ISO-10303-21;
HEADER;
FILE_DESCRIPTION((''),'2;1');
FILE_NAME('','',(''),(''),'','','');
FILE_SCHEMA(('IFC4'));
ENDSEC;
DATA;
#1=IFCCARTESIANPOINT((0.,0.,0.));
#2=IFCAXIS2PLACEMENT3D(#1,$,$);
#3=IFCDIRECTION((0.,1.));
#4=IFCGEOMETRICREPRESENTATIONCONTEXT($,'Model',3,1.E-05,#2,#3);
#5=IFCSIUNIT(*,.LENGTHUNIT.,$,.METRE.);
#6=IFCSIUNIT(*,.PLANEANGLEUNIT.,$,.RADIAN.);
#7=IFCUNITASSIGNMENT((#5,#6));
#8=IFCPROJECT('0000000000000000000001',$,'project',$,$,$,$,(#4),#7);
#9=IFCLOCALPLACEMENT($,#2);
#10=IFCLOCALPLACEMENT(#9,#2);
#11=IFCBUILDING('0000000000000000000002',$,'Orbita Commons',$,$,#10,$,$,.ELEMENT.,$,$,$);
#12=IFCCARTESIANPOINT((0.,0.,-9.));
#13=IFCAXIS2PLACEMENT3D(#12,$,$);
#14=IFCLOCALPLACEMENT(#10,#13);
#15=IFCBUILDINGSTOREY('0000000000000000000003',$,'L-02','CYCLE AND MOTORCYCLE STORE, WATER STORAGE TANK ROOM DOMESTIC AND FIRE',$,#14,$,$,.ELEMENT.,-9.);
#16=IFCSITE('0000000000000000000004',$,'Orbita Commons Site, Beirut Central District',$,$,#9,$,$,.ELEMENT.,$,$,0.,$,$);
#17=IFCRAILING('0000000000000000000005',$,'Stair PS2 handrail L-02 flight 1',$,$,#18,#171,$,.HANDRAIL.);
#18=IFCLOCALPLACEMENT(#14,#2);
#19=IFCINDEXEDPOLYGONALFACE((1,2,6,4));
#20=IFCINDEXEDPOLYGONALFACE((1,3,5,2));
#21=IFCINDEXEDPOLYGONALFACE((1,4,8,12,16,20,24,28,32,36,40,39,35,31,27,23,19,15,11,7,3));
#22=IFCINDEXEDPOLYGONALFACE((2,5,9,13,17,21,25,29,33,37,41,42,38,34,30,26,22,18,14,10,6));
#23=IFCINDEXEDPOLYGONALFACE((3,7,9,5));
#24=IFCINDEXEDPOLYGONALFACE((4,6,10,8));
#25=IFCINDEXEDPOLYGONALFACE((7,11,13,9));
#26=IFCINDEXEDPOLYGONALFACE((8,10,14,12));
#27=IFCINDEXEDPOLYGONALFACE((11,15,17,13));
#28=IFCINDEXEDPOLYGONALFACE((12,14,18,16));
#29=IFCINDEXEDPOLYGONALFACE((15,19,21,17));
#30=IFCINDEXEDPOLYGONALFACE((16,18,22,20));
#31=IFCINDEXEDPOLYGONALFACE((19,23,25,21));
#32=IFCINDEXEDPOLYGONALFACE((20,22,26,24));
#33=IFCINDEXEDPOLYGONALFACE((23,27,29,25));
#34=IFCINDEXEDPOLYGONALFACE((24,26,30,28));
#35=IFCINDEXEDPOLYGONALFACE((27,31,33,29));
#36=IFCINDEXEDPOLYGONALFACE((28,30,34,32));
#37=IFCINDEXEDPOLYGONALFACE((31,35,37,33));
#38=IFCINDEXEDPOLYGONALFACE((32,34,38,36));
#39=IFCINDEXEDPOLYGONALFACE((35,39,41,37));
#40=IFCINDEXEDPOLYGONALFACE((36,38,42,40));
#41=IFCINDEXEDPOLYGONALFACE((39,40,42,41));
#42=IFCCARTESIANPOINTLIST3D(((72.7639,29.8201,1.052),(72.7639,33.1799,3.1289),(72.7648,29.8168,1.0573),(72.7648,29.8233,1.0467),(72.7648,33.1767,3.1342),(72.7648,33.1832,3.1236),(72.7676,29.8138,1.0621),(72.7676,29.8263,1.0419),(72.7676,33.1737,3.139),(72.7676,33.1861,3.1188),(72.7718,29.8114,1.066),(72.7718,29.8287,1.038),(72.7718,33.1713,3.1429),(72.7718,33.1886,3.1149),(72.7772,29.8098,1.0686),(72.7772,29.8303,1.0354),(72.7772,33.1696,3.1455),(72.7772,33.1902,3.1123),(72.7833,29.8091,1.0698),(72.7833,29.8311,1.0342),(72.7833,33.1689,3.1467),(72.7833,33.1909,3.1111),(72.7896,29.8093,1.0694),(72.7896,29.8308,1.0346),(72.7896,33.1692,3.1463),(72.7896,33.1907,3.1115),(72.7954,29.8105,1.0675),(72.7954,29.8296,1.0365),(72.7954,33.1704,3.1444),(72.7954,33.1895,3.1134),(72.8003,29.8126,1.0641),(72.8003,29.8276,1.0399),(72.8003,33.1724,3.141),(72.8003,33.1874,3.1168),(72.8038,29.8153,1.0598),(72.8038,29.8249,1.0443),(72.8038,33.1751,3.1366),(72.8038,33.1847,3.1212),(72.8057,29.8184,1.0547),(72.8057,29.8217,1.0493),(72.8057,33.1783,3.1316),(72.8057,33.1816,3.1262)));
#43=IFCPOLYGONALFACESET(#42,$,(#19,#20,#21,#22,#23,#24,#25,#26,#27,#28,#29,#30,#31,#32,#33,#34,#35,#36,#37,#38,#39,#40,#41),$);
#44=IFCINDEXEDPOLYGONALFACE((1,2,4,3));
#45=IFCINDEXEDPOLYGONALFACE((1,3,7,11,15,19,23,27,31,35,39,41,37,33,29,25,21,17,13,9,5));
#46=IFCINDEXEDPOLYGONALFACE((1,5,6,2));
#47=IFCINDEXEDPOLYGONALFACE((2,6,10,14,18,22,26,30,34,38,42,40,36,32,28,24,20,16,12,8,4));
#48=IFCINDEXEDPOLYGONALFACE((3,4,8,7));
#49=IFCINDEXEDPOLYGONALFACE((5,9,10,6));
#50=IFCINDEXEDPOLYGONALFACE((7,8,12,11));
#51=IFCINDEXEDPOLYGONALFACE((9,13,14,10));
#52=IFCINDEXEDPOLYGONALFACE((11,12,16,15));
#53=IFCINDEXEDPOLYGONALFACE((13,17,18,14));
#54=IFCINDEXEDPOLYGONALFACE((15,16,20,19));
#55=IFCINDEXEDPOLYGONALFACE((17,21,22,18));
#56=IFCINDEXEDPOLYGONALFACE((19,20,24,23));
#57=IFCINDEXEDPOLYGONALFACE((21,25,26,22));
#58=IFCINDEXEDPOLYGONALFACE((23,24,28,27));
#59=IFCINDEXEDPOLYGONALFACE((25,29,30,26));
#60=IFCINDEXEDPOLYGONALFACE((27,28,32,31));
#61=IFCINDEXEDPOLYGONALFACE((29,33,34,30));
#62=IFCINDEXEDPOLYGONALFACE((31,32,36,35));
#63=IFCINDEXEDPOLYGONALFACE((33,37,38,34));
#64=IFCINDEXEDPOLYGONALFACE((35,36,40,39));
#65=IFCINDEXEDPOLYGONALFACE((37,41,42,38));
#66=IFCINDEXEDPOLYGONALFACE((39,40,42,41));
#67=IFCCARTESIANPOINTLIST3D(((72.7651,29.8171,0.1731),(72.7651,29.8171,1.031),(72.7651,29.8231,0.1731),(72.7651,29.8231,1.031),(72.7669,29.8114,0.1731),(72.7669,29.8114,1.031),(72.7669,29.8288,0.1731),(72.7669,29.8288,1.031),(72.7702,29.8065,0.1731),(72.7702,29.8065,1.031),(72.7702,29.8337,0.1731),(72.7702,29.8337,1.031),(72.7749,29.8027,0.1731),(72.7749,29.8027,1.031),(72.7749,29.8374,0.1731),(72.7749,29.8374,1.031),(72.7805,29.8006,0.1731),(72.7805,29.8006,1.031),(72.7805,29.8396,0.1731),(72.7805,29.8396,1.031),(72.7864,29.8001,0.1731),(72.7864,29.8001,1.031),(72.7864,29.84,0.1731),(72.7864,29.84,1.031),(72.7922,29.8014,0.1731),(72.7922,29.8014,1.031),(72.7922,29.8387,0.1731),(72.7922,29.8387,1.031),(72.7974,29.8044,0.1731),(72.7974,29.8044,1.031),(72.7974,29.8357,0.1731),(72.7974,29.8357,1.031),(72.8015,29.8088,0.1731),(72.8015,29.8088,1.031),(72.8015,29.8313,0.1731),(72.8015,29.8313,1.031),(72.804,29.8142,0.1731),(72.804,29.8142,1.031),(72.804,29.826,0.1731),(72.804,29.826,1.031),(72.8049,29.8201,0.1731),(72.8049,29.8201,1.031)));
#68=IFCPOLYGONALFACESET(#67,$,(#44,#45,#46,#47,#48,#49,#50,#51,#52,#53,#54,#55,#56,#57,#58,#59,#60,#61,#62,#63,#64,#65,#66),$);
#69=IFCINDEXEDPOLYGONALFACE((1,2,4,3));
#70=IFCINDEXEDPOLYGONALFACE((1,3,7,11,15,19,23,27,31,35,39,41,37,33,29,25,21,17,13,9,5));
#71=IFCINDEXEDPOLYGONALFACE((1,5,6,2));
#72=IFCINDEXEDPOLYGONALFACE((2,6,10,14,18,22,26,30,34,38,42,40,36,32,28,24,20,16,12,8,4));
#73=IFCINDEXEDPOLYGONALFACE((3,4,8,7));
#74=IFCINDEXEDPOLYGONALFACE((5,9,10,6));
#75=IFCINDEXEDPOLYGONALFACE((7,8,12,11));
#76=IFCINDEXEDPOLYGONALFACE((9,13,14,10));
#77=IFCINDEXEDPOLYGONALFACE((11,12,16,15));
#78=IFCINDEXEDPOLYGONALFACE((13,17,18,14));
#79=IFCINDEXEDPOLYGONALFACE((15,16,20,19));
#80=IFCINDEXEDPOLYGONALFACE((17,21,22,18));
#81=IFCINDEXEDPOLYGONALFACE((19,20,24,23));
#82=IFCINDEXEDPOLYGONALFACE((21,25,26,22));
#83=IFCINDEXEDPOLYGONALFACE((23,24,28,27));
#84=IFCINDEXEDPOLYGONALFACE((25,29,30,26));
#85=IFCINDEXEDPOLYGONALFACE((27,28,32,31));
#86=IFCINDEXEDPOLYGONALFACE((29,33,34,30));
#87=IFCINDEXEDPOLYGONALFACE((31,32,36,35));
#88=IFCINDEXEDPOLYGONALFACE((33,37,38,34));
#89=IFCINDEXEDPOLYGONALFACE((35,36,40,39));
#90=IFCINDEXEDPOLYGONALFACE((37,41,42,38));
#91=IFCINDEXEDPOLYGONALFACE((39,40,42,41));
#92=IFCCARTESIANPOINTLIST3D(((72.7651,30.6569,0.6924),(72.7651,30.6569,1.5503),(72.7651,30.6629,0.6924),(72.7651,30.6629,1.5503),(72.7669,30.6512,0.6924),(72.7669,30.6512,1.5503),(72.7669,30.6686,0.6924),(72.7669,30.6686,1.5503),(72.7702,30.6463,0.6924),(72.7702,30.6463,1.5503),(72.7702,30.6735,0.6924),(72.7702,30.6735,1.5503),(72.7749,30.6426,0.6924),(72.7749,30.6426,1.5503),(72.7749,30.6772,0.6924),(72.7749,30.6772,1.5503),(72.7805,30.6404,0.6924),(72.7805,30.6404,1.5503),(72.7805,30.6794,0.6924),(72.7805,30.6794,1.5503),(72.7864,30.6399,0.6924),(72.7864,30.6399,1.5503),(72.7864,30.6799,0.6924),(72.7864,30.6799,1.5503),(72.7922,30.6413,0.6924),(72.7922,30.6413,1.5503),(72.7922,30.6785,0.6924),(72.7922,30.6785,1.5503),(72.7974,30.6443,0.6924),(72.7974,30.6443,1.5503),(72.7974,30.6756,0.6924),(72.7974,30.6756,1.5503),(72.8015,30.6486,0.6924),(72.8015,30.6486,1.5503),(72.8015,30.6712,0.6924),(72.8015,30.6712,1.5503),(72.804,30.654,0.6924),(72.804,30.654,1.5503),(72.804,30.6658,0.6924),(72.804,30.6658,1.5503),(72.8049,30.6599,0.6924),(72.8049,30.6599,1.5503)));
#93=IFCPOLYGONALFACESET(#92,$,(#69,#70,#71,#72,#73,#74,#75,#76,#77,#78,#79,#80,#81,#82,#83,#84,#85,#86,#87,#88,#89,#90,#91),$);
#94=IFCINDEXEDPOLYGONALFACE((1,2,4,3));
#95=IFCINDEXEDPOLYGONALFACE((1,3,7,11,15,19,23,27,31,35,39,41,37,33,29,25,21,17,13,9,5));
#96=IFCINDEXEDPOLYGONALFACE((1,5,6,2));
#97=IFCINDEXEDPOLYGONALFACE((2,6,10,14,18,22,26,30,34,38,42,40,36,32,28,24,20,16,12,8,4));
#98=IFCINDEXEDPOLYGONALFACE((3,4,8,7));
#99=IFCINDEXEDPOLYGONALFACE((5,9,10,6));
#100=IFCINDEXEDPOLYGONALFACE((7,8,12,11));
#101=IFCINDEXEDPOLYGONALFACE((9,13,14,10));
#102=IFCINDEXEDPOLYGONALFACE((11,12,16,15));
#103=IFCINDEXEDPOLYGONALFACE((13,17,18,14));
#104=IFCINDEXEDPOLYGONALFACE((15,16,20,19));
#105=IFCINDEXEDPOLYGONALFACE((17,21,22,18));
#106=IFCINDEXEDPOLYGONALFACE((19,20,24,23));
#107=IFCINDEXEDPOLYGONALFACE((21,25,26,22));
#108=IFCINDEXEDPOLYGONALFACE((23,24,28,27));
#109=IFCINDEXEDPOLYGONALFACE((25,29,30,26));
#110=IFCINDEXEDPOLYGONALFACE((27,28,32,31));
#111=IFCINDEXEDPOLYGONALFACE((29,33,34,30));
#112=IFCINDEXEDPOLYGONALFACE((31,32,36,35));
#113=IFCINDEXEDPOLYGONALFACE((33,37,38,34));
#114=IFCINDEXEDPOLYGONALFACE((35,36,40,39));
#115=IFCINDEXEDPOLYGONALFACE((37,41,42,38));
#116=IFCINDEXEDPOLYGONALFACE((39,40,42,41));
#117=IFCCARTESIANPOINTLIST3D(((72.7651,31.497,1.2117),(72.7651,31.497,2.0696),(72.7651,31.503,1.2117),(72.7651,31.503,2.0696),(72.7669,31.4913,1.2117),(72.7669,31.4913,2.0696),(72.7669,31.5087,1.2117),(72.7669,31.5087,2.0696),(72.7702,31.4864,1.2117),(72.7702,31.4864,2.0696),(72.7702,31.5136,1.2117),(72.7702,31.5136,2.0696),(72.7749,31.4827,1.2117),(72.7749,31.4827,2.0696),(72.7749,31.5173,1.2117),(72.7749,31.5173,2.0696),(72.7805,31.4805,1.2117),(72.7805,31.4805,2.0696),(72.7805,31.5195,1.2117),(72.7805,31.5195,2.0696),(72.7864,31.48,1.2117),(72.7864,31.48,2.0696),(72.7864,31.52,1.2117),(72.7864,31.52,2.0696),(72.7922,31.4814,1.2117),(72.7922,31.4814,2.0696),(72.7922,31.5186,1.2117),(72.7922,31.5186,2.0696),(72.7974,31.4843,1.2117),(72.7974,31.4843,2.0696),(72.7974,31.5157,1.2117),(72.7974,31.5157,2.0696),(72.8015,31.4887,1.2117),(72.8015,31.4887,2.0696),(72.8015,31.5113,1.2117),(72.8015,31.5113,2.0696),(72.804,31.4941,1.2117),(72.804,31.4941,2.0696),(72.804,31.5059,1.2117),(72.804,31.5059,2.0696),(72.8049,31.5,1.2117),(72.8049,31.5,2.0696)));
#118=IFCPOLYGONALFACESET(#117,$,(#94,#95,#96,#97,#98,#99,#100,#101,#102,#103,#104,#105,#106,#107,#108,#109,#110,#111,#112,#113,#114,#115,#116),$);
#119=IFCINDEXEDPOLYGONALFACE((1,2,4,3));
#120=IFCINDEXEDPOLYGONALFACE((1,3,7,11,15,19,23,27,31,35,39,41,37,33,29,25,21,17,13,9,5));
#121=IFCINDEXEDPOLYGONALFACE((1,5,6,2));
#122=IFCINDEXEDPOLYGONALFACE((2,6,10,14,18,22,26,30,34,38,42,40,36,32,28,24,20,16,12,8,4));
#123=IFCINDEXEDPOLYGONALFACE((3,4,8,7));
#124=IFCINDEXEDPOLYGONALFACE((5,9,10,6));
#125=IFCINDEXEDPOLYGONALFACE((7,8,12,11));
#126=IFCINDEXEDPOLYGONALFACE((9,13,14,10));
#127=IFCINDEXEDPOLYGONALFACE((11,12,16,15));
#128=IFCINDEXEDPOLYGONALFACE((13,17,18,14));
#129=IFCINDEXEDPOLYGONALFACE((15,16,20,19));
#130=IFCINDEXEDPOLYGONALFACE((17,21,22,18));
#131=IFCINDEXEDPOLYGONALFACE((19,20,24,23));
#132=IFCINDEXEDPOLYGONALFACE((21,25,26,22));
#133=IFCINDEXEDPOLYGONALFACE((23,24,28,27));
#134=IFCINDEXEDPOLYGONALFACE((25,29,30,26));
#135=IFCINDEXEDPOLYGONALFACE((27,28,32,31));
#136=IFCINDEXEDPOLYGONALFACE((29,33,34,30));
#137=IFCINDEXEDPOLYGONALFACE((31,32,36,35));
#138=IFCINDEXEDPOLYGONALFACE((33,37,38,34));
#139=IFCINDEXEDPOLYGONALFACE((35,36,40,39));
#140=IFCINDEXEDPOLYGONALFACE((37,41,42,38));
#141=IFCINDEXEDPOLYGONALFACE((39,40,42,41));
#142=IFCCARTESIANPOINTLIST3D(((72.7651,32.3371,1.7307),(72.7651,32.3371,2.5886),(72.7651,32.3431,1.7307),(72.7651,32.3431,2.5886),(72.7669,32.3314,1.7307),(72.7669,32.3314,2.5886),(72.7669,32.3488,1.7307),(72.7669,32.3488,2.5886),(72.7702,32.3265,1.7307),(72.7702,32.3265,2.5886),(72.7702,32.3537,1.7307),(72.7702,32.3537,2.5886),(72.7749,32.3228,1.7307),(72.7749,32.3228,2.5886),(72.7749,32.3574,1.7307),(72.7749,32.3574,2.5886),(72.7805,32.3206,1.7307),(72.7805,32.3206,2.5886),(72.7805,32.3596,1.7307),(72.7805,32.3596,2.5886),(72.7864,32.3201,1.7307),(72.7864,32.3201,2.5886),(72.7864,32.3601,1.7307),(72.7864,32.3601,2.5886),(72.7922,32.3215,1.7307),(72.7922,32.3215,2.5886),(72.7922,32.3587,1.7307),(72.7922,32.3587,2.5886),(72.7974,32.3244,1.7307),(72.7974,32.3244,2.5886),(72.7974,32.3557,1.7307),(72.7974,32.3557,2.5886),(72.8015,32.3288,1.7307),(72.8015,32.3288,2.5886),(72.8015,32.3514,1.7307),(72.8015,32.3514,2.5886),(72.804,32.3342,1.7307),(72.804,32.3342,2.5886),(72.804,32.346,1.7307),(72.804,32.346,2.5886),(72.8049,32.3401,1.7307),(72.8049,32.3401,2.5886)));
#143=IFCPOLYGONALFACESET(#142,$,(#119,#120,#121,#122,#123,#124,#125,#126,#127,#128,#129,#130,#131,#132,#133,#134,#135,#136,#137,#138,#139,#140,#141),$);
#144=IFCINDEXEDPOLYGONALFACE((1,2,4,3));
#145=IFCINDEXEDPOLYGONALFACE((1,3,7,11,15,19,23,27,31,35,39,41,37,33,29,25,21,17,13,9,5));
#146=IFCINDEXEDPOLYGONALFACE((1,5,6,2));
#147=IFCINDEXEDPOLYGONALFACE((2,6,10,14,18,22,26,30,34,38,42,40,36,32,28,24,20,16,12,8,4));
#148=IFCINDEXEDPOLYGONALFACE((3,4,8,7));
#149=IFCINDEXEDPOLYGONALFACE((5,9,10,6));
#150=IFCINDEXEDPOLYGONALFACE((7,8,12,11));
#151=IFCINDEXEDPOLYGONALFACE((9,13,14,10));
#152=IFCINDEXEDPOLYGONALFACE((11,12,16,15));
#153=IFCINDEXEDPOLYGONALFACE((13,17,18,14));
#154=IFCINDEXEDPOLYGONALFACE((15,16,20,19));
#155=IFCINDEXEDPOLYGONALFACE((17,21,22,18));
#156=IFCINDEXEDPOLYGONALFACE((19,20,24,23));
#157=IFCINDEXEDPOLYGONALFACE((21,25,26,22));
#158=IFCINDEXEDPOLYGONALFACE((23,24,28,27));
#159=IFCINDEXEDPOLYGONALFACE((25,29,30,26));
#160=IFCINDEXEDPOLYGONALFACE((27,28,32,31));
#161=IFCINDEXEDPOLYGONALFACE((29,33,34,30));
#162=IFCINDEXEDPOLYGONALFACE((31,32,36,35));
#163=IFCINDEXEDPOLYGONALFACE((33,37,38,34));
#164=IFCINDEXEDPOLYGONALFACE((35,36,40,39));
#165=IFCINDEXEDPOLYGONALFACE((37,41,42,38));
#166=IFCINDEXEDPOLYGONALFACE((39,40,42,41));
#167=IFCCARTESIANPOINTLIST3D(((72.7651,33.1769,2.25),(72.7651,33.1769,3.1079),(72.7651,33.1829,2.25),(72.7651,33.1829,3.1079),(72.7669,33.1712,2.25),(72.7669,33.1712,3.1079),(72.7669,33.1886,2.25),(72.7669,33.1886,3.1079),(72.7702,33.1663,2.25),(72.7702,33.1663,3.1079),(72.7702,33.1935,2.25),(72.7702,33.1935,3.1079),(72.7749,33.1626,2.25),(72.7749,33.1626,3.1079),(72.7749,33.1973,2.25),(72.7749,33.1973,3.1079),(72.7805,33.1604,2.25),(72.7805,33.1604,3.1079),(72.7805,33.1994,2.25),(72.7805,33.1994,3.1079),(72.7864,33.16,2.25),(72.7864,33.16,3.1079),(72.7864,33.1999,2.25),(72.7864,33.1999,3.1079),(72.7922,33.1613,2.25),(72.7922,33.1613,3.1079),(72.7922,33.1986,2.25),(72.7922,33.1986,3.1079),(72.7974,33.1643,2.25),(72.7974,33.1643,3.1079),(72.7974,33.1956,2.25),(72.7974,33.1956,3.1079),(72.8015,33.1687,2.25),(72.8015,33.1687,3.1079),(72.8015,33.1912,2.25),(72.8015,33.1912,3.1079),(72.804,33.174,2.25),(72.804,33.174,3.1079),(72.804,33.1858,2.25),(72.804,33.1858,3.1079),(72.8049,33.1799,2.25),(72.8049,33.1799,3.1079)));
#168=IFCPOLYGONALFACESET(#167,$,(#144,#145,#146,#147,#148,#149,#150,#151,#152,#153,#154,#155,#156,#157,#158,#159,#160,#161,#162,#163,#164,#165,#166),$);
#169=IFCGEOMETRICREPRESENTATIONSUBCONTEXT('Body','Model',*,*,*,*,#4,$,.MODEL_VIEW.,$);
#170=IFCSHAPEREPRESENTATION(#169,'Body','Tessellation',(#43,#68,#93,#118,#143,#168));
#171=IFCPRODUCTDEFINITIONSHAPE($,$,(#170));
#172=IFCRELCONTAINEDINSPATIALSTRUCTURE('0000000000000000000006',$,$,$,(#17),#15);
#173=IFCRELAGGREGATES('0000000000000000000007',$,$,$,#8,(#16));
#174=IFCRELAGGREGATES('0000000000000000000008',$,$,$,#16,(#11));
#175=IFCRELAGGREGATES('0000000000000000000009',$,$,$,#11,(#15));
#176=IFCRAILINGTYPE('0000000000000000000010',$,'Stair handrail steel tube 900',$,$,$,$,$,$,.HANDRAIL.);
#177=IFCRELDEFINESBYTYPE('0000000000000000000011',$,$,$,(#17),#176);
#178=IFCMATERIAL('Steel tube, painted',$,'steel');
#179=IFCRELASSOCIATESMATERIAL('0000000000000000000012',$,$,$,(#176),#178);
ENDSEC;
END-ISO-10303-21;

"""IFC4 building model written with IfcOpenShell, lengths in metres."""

from ifc_helpers import new_model, si_unit, direction, frame, origin, origin_2d, place, context, subcontext, project, spatial, circle, extrude, material, type_object, element, save


model = new_model("IFC4")

# Units and contexts
model_context = context("Model", 3, precision=1e-05, world=origin(), true_north=direction((0.0, 1.0)))
body_context = subcontext(model_context, "Body", "Model", "MODEL_VIEW")
ifc_project = project(units=[si_unit("LENGTHUNIT", "METRE"), si_unit("PLANEANGLEUNIT", "RADIAN")], contexts=[model_context])

# Site, building, storey
site_placement = place(None, origin())
site = spatial("IfcSite", under=ifc_project, at=site_placement, Name="Orbita Commons Site, Beirut Central District", CompositionType="ELEMENT", RefElevation=0.0)
building_placement = place(site_placement, origin())
building = spatial("IfcBuilding", under=site, at=building_placement, Name="Orbita Commons", CompositionType="ELEMENT")
storey_placement = place(building_placement, frame((0.0, 0.0, -9.0)))
storey = spatial("IfcBuildingStorey", under=building, at=storey_placement, Name="L-02", Description="CYCLE AND MOTORCYCLE STORE, WATER STORAGE TANK ROOM DOMESTIC AND FIRE", CompositionType="ELEMENT", Elevation=-9.0)

# Railing
ifc_material_1 = material(Name="Steel tube, painted", Category="steel")
railing_type_1 = type_object("IfcRailingType", Name="Stair handrail steel tube 900", PredefinedType="HANDRAIL", material=ifc_material_1)
for number, where, name in (
    (1, (72.7849, 29.8201, 0.1731), "Stair PS2 handrail L-02 flight 1"),
):
    element("IfcRailing", number, at=place(storey_placement, frame(where)), inside=storey, type_object=railing_type_1, Name=name, PredefinedType="HANDRAIL", context=body_context, shape_type="SweptSolid", body=[
        extrude(circle(Radius=0.021, at=origin_2d()), frame((0.0, 0.0, 0.8789), z_axis=(0.0, 0.850606, 0.525803), x_axis=(-1.0, 0.0, 0.0)), (0.0, 0.0, 1.0), 3.95),
        extrude(circle(Radius=0.02, at=origin_2d()), origin(), (0.0, 0.0, 1.0), 0.8579),
        extrude(circle(Radius=0.02, at=origin_2d()), frame((0.0, 0.8398, 0.5193)), (0.0, 0.0, 1.0), 0.8579),
        extrude(circle(Radius=0.02, at=origin_2d()), frame((0.0, 1.6799, 1.0386)), (0.0, 0.0, 1.0), 0.8579),
        extrude(circle(Radius=0.02, at=origin_2d()), frame((0.0, 2.52, 1.5576)), (0.0, 0.0, 1.0), 0.8579),
        extrude(circle(Radius=0.02, at=origin_2d()), frame((0.0, 3.3599, 2.0769)), (0.0, 0.0, 1.0), 0.8579),
    ])

save(model, "model.ifc")
